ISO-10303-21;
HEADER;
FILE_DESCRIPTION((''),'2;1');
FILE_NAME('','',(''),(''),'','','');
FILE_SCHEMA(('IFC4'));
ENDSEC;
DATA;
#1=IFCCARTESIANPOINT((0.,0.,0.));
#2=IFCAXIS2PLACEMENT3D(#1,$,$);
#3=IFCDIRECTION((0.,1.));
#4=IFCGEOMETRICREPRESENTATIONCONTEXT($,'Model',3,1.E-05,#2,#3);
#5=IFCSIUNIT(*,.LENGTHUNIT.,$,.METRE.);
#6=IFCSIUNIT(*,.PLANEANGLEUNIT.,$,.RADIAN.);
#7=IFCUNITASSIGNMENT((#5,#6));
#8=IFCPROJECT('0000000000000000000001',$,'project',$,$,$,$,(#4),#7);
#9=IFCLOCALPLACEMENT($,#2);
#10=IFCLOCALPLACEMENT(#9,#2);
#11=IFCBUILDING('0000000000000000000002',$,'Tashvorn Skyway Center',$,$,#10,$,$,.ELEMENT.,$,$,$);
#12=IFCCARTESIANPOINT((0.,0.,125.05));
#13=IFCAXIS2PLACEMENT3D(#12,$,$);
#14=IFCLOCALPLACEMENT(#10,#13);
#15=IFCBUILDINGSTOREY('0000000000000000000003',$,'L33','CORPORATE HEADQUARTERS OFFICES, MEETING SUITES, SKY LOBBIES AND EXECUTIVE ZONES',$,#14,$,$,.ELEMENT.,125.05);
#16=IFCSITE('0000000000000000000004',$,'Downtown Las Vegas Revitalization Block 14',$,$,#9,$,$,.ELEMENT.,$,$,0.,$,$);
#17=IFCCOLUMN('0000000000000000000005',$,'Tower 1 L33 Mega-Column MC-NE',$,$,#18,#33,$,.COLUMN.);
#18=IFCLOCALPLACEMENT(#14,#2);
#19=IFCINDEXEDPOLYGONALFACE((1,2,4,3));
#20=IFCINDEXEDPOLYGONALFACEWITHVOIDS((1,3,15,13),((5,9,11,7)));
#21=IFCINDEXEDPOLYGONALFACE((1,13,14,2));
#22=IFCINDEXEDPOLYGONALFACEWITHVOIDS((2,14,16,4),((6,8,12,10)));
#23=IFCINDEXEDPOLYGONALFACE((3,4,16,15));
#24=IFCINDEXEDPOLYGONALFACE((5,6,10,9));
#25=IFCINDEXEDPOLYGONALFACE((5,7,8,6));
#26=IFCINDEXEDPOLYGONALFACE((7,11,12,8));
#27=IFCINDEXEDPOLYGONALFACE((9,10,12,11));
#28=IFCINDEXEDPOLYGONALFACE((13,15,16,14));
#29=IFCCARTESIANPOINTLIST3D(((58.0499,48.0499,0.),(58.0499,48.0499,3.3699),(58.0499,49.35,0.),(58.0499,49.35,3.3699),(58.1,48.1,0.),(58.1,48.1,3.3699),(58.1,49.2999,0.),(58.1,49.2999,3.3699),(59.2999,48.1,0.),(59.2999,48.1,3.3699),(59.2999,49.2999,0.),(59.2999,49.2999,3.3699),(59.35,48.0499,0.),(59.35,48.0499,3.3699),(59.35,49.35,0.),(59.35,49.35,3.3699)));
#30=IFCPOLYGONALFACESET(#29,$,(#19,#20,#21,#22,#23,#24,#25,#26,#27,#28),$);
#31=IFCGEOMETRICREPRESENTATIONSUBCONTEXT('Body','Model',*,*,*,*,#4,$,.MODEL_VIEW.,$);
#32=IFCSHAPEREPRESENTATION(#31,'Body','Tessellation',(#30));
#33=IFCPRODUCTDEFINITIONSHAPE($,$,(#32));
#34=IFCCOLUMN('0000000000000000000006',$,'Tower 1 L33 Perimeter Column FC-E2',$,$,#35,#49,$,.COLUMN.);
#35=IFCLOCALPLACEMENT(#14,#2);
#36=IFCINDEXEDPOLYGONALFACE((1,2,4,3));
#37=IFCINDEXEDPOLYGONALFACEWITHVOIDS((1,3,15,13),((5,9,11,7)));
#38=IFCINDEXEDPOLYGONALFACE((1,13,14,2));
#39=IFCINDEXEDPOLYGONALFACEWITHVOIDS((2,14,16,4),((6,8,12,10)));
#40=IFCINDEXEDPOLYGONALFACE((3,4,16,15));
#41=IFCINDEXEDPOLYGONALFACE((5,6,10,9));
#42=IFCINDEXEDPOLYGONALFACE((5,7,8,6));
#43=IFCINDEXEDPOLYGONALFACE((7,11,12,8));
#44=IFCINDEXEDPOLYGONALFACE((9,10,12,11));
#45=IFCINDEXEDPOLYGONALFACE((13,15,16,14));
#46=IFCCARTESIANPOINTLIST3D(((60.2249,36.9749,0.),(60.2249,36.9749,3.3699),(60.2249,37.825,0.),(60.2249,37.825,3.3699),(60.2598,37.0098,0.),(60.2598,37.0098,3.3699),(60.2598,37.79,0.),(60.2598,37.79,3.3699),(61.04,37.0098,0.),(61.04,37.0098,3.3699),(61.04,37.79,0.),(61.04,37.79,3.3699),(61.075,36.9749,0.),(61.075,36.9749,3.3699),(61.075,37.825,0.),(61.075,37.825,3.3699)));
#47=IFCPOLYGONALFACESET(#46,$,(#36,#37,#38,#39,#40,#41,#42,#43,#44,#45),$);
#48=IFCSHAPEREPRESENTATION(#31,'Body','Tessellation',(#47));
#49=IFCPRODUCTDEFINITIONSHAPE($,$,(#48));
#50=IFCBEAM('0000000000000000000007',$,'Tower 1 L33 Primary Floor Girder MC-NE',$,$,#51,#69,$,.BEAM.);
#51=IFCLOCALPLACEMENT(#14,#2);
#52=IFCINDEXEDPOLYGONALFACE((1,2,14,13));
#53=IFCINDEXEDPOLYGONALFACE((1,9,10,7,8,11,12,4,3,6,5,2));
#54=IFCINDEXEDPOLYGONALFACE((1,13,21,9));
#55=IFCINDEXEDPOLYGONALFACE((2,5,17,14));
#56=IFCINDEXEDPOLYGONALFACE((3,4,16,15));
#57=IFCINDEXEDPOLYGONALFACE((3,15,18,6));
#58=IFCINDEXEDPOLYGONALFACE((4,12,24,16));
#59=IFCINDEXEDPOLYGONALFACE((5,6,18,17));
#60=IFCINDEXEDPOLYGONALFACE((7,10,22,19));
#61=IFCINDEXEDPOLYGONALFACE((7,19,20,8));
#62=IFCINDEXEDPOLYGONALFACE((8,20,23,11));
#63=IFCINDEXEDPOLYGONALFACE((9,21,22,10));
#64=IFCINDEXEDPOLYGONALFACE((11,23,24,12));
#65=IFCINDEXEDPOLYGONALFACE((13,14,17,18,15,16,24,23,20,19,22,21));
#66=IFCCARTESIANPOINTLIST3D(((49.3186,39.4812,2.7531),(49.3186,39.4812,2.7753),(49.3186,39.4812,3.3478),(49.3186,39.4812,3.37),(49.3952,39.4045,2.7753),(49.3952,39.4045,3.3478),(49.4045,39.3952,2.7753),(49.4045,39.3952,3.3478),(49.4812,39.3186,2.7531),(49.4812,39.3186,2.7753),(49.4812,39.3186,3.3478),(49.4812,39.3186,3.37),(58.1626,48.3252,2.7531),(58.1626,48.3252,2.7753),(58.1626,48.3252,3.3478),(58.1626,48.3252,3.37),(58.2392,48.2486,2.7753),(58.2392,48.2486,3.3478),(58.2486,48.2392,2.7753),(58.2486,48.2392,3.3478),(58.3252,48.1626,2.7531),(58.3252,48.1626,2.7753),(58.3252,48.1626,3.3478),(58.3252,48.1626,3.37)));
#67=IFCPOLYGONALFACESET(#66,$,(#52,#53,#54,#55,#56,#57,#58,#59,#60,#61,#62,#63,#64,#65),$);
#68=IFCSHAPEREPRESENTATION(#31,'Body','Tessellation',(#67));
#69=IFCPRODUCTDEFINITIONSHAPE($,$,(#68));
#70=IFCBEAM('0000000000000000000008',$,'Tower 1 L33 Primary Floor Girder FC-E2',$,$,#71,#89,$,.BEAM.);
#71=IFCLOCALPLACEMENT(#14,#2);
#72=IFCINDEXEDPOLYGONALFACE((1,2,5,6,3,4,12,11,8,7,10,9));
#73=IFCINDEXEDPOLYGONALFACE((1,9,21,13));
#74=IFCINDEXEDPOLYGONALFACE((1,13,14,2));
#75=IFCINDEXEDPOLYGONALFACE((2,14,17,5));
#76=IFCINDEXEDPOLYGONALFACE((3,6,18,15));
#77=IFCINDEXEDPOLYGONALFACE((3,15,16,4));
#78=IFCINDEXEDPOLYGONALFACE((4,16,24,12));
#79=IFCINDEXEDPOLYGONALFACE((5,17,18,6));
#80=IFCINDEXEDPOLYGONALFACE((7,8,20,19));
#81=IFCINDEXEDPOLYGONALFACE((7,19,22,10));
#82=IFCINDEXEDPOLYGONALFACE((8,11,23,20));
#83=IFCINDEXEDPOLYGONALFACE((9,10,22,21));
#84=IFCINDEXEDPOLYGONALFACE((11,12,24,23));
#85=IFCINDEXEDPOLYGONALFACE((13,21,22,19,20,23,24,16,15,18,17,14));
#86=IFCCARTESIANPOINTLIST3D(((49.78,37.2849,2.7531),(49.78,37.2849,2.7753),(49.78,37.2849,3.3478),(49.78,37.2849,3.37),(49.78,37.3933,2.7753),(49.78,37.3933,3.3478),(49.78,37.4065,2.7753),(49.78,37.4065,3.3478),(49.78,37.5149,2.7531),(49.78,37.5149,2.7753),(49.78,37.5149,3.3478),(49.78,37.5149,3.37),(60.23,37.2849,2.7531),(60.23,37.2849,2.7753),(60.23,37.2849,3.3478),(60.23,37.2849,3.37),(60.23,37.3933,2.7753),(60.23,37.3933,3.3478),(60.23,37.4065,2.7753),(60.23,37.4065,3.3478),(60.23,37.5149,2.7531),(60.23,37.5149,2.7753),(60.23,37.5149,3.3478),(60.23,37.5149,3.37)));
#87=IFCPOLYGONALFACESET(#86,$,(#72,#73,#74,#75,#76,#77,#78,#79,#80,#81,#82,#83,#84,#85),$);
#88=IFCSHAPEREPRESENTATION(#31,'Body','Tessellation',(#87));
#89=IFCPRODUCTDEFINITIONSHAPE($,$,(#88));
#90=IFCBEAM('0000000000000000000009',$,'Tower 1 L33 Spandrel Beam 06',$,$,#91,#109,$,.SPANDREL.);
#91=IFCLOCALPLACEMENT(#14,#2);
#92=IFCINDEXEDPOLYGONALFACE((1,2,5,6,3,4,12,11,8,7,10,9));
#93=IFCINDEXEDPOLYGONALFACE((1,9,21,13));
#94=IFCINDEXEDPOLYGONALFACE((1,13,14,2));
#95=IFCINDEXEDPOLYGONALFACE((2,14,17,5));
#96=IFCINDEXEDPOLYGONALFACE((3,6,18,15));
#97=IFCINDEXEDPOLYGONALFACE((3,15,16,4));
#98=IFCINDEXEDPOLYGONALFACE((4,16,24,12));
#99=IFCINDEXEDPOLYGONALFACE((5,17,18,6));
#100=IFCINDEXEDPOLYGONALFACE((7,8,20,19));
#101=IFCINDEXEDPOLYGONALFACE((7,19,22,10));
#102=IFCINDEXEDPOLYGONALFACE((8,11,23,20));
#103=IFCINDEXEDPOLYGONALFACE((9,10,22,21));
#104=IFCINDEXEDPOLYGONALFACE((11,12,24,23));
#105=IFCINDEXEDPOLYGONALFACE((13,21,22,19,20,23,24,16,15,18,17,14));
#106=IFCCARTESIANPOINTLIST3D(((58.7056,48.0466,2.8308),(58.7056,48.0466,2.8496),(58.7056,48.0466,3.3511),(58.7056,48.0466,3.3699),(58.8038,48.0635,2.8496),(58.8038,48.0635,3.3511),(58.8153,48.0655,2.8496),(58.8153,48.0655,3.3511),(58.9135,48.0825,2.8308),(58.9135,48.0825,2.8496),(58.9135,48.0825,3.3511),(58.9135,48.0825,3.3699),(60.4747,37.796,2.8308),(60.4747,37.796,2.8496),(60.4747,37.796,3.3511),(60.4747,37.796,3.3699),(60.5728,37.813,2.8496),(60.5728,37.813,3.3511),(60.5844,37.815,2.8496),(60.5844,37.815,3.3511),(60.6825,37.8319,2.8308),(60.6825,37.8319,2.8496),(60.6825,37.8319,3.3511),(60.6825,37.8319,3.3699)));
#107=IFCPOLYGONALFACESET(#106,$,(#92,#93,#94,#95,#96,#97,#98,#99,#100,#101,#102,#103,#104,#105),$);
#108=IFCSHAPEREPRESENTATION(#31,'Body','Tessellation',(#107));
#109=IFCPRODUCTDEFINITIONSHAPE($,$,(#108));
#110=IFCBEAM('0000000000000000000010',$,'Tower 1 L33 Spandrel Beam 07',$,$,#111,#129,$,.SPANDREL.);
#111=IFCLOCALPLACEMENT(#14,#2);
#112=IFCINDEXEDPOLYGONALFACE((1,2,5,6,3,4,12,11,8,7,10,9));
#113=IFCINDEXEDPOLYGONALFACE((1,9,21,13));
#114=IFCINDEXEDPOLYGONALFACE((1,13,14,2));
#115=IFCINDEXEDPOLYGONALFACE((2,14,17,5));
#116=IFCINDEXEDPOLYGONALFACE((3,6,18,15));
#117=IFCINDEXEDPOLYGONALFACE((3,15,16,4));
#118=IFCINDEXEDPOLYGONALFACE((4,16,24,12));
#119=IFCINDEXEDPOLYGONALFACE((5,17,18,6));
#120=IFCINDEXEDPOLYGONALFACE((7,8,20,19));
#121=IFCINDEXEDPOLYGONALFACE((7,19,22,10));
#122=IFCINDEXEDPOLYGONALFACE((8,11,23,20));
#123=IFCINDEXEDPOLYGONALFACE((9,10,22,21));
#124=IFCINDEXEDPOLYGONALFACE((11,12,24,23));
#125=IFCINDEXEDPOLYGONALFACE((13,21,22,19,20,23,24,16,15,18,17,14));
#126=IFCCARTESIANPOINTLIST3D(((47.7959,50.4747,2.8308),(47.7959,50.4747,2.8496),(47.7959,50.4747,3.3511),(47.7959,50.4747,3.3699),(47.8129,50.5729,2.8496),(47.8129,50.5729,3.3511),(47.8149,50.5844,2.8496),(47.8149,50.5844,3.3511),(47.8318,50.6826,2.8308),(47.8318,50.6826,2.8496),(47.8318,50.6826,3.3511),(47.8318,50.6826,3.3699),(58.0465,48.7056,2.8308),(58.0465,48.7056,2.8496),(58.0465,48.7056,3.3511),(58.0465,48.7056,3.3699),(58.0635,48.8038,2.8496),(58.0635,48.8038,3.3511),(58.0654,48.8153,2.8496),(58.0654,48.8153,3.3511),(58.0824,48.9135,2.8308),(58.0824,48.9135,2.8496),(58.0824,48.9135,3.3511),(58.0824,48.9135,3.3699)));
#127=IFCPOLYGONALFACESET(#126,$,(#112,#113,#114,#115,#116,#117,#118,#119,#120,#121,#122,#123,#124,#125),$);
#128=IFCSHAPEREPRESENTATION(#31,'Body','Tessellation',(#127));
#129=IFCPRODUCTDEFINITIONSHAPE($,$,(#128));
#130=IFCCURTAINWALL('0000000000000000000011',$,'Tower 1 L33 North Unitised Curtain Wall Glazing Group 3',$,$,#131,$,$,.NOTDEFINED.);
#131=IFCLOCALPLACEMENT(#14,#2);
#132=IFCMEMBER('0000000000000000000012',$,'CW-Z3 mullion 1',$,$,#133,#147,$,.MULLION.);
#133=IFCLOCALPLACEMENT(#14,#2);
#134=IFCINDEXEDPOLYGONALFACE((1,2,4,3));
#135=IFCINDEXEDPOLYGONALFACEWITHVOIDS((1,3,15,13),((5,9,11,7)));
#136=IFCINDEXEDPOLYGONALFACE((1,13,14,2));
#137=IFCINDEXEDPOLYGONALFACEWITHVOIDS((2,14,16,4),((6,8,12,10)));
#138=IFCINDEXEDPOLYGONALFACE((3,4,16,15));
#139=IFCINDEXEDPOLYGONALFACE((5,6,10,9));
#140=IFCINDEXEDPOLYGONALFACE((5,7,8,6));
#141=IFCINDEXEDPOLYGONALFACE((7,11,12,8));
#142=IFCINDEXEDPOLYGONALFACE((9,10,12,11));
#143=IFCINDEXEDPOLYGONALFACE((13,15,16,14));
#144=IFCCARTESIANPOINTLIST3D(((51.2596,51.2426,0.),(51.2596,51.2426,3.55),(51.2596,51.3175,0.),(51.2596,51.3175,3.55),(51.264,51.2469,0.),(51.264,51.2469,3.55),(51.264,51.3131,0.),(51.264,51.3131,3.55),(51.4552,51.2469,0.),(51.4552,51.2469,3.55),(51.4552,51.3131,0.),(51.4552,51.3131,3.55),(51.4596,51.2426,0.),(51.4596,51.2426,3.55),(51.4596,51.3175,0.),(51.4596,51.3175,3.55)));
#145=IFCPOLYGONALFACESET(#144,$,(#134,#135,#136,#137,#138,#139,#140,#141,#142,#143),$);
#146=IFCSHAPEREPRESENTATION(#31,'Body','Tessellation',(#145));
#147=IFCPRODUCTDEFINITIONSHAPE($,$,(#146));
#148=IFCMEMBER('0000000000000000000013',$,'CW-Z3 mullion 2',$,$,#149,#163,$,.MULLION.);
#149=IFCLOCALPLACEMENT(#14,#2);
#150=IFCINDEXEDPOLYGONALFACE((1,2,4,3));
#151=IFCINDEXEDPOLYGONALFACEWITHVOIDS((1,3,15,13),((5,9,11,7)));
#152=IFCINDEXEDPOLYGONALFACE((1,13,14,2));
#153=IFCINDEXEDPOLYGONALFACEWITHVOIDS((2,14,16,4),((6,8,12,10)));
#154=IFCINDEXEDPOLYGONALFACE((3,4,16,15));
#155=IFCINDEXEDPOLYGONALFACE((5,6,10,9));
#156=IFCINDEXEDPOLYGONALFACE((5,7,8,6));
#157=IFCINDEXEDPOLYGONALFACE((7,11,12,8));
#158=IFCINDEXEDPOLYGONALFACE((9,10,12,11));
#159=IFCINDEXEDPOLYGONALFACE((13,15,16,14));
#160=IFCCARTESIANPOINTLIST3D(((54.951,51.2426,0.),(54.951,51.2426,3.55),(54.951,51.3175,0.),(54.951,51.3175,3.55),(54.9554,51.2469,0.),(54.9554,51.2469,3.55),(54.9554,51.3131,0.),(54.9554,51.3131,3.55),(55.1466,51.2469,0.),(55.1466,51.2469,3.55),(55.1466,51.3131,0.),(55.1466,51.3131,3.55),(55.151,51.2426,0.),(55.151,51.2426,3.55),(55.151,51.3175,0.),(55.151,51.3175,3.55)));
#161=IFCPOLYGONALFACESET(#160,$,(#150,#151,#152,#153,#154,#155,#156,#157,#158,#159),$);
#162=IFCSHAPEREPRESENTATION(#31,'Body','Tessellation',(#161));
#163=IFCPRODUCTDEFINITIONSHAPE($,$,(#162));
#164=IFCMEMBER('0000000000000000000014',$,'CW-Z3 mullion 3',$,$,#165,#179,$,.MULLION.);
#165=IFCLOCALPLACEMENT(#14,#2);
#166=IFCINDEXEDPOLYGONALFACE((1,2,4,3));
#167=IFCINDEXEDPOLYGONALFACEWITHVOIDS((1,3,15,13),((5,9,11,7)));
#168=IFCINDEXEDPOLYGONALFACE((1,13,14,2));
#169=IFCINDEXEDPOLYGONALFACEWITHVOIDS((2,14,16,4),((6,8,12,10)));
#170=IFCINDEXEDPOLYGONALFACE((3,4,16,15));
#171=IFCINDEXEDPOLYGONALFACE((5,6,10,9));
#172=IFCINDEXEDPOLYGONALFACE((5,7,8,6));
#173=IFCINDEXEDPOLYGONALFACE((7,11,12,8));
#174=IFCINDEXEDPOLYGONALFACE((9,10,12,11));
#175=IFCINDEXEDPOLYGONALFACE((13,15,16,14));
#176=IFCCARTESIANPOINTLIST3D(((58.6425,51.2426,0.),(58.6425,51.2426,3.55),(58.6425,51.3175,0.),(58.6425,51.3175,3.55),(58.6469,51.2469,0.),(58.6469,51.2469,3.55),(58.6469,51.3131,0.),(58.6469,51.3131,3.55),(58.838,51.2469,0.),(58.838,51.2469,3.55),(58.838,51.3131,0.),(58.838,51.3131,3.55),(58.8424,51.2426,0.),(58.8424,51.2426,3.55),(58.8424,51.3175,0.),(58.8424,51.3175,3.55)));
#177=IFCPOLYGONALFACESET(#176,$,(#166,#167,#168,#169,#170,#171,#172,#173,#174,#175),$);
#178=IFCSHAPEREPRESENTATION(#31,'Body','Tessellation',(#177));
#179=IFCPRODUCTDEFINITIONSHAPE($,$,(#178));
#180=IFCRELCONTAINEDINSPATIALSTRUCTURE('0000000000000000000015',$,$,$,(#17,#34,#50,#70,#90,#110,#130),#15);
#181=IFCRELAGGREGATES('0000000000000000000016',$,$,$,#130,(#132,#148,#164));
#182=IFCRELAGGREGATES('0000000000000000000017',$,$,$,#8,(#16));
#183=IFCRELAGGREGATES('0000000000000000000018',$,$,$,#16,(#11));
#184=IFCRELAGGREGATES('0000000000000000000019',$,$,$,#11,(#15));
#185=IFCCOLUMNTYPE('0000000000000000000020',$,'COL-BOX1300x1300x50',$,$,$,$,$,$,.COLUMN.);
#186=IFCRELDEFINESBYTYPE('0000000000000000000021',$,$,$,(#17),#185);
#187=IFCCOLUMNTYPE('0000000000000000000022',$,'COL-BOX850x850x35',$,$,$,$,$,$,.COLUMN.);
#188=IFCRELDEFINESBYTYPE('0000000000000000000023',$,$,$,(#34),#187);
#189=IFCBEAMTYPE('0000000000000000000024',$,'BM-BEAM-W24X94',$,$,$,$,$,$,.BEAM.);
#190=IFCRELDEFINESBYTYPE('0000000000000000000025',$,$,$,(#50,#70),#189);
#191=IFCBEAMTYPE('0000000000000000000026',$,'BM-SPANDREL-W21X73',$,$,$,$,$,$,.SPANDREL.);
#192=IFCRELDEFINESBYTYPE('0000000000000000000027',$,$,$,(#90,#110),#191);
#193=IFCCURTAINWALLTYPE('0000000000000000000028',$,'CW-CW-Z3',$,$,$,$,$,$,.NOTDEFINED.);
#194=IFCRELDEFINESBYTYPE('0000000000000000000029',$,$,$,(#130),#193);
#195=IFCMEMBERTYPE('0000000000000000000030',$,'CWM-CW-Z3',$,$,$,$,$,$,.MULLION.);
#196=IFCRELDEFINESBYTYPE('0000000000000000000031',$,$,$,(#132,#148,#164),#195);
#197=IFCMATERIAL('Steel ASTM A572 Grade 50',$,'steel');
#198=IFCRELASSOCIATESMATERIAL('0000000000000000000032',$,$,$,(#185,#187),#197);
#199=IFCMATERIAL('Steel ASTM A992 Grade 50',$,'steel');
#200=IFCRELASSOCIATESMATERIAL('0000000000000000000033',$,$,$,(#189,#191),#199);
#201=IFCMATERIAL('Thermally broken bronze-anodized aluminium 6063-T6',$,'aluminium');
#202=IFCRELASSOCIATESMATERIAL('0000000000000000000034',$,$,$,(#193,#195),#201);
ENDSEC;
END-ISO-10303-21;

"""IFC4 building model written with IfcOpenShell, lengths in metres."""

from ifc_helpers import new_model, si_unit, direction, frame, origin, origin_2d, place, context, subcontext, project, spatial, hollow_rectangle, i_section, extrude, material, material_profile, profile_set, type_object, element, aggregate, save


model = new_model("IFC4")

# Units and contexts
model_context = context("Model", 3, precision=1e-05, world=origin(), true_north=direction((0.0, 1.0)))
body_context = subcontext(model_context, "Body", "Model", "MODEL_VIEW")
ifc_project = project(units=[si_unit("LENGTHUNIT", "METRE"), si_unit("PLANEANGLEUNIT", "RADIAN")], contexts=[model_context])

# Site, building, storey
site_placement = place(None, origin())
site = spatial("IfcSite", under=ifc_project, at=site_placement, Name="Downtown Las Vegas Revitalization Block 14", CompositionType="ELEMENT", RefElevation=0.0)
building_placement = place(site_placement, origin())
building = spatial("IfcBuilding", under=site, at=building_placement, Name="Tashvorn Skyway Center", CompositionType="ELEMENT")
storey_placement = place(building_placement, frame((0.0, 0.0, 125.05)))
storey = spatial("IfcBuildingStorey", under=building, at=storey_placement, Name="L33", Description="CORPORATE HEADQUARTERS OFFICES, MEETING SUITES, SKY LOBBIES AND EXECUTIVE ZONES", CompositionType="ELEMENT", Elevation=125.05)

# Columns
ifc_material_1 = material(Name="Steel ASTM A572 Grade 50", Category="steel")
ifc_material_profile_1 = material_profile(ifc_material_1, hollow_rectangle(XDim=1.3, YDim=1.3, WallThickness=0.05, at=origin_2d()), Name="BOX1300x1300x50")
ifc_profile_set_1 = profile_set([ifc_material_profile_1], Name="Steel ASTM A572 Grade 50")
column_type_1 = type_object("IfcColumnType", Name="COL-BOX1300x1300x50", PredefinedType="COLUMN", material=ifc_profile_set_1)
column_1_placement = place(storey_placement, frame((58.7, 48.7, 0.0), z_axis=(0.0, 0.0, 1.0), x_axis=(1.0, 0.0, 0.0)))
element("IfcColumn", 1, at=column_1_placement, inside=storey, type_object=column_type_1, Name="Tower 1 L33 Mega-Column MC-NE", PredefinedType="COLUMN", context=body_context, shape_type="SweptSolid", body=[
    extrude(hollow_rectangle(XDim=1.3, YDim=1.3, WallThickness=0.05, at=origin_2d()), origin(), (0.0, 0.0, 1.0), 3.3699),
])
ifc_material_profile_2 = material_profile(ifc_material_1, hollow_rectangle(XDim=0.8501, YDim=0.8501, WallThickness=0.0349, at=origin_2d()), Name="BOX850x850x35")
ifc_profile_set_2 = profile_set([ifc_material_profile_2], Name="Steel ASTM A572 Grade 50")
column_type_2 = type_object("IfcColumnType", Name="COL-BOX850x850x35", PredefinedType="COLUMN", material=ifc_profile_set_2)
column_2_placement = place(storey_placement, frame((60.6499, 37.3999, 0.0), z_axis=(0.0, 0.0, 1.0), x_axis=(1.0, 0.0, 0.0)))
element("IfcColumn", 2, at=column_2_placement, inside=storey, type_object=column_type_2, Name="Tower 1 L33 Perimeter Column FC-E2", PredefinedType="COLUMN", context=body_context, shape_type="SweptSolid", body=[
    extrude(hollow_rectangle(XDim=0.8501, YDim=0.8501, WallThickness=0.0349, at=origin_2d()), origin(), (0.0, 0.0, 1.0), 3.3699),
])

# Beams
ifc_material_2 = material(Name="Steel ASTM A992 Grade 50", Category="steel")
ifc_material_profile_3 = material_profile(ifc_material_2, i_section(OverallWidth=0.23, OverallDepth=0.6169, WebThickness=0.0132, FlangeThickness=0.0222, at=origin_2d()), Name="W24X94")
ifc_profile_set_3 = profile_set([ifc_material_profile_3], Name="Steel ASTM A992 Grade 50")
beam_type_1 = type_object("IfcBeamType", Name="BM-BEAM-W24X94", PredefinedType="BEAM", material=ifc_profile_set_3)
beam_1_placement = place(storey_placement, frame((58.2439, 48.2439, 3.0615), z_axis=(-0.707107, -0.707107, 0.0), x_axis=(0.707107, -0.707107, 0.0)))
element("IfcBeam", 3, at=beam_1_placement, inside=storey, type_object=beam_type_1, Name="Tower 1 L33 Primary Floor Girder MC-NE", PredefinedType="BEAM", context=body_context, shape_type="SweptSolid", body=[
    extrude(i_section(OverallWidth=0.23, OverallDepth=0.6169, WebThickness=0.0132, FlangeThickness=0.0222, at=origin_2d()), origin(), (0.0, 0.0, 1.0), 12.5073),
])
beam_2_placement = place(storey_placement, frame((60.23, 37.3999, 3.0615), z_axis=(-1.0, 0.0, 0.0), x_axis=(0.0, -1.0, 0.0)))
element("IfcBeam", 4, at=beam_2_placement, inside=storey, type_object=beam_type_1, Name="Tower 1 L33 Primary Floor Girder FC-E2", PredefinedType="BEAM", context=body_context, shape_type="SweptSolid", body=[
    extrude(i_section(OverallWidth=0.23, OverallDepth=0.6169, WebThickness=0.0132, FlangeThickness=0.0222, at=origin_2d()), origin(), (0.0, 0.0, 1.0), 10.45),
])
ifc_material_profile_4 = material_profile(ifc_material_2, i_section(OverallWidth=0.2109, OverallDepth=0.5391, WebThickness=0.0117, FlangeThickness=0.0188, at=origin_2d()), Name="W21X73")
ifc_profile_set_4 = profile_set([ifc_material_profile_4], Name="Steel ASTM A992 Grade 50")
beam_type_2 = type_object("IfcBeamType", Name="BM-SPANDREL-W21X73", PredefinedType="SPANDREL", material=ifc_profile_set_4)
for number, where, z_axis, x_axis, name in (
    (5, (60.5786, 37.814, 3.1003), (-0.170067, 0.985432, 0.0), (-0.985432, -0.170067, 0.0), "Tower 1 L33 Spandrel Beam 06"),
    (6, (58.0645, 48.8096, 3.1003), (-0.985432, 0.170067, 0.0), (-0.170067, -0.985432, 0.0), "Tower 1 L33 Spandrel Beam 07"),
):
    element("IfcBeam", number, at=place(storey_placement, frame(where, z_axis=z_axis, x_axis=x_axis)), inside=storey, type_object=beam_type_2, Name=name, PredefinedType="SPANDREL", context=body_context, shape_type="SweptSolid", body=[
        extrude(i_section(OverallWidth=0.2109, OverallDepth=0.5391, WebThickness=0.0117, FlangeThickness=0.0188, at=origin_2d()), origin(), (0.0, 0.0, 1.0), 10.4021),
    ])

# Curtain wall, members
ifc_material_3 = material(Name="Thermally broken bronze-anodized aluminium 6063-T6", Category="aluminium")
curtain_wall_type = type_object("IfcCurtainWallType", Name="CW-CW-Z3", PredefinedType="NOTDEFINED", material=ifc_material_3)
curtain_wall_1_placement = place(storey_placement, origin())
curtain_wall_1 = element("IfcCurtainWall", 7, at=curtain_wall_1_placement, inside=storey, type_object=curtain_wall_type, Name="Tower 1 L33 North Unitised Curtain Wall Glazing Group 3", PredefinedType="NOTDEFINED")
ifc_material_profile_5 = material_profile(ifc_material_3, hollow_rectangle(XDim=0.075, YDim=0.2, WallThickness=0.0044, at=origin_2d()), Name="ALU-MULL-75x200")
ifc_profile_set_5 = profile_set([ifc_material_profile_5], Name="Thermally broken bronze-anodized aluminium 6063-T6")
member_type_1 = type_object("IfcMemberType", Name="CWM-CW-Z3", PredefinedType="MULLION", material=ifc_profile_set_5)
member_1_placement = place(storey_placement, frame((51.3596, 51.28, 0.0), z_axis=(0.0, 0.0, 1.0), x_axis=(0.0, 1.0, 0.0)))
member_1 = element("IfcMember", 8, at=member_1_placement, type_object=member_type_1, Name="CW-Z3 mullion 1", PredefinedType="MULLION", context=body_context, shape_type="SweptSolid", body=[
    extrude(hollow_rectangle(XDim=0.075, YDim=0.2, WallThickness=0.0044, at=origin_2d()), origin(), (0.0, 0.0, 1.0), 3.55),
])
member_2_placement = place(storey_placement, frame((55.051, 51.28, 0.0), z_axis=(0.0, 0.0, 1.0), x_axis=(0.0, 1.0, 0.0)))
member_2 = element("IfcMember", 9, at=member_2_placement, type_object=member_type_1, Name="CW-Z3 mullion 2", PredefinedType="MULLION", context=body_context, shape_type="SweptSolid", body=[
    extrude(hollow_rectangle(XDim=0.075, YDim=0.2, WallThickness=0.0044, at=origin_2d()), origin(), (0.0, 0.0, 1.0), 3.55),
])
member_3_placement = place(storey_placement, frame((58.7424, 51.28, 0.0), z_axis=(0.0, 0.0, 1.0), x_axis=(0.0, 1.0, 0.0)))
member_3 = element("IfcMember", 10, at=member_3_placement, type_object=member_type_1, Name="CW-Z3 mullion 3", PredefinedType="MULLION", context=body_context, shape_type="SweptSolid", body=[
    extrude(hollow_rectangle(XDim=0.075, YDim=0.2, WallThickness=0.0044, at=origin_2d()), origin(), (0.0, 0.0, 1.0), 3.55),
])

aggregate(curtain_wall_1, [member_1, member_2, member_3])

save(model, "model.ifc")
